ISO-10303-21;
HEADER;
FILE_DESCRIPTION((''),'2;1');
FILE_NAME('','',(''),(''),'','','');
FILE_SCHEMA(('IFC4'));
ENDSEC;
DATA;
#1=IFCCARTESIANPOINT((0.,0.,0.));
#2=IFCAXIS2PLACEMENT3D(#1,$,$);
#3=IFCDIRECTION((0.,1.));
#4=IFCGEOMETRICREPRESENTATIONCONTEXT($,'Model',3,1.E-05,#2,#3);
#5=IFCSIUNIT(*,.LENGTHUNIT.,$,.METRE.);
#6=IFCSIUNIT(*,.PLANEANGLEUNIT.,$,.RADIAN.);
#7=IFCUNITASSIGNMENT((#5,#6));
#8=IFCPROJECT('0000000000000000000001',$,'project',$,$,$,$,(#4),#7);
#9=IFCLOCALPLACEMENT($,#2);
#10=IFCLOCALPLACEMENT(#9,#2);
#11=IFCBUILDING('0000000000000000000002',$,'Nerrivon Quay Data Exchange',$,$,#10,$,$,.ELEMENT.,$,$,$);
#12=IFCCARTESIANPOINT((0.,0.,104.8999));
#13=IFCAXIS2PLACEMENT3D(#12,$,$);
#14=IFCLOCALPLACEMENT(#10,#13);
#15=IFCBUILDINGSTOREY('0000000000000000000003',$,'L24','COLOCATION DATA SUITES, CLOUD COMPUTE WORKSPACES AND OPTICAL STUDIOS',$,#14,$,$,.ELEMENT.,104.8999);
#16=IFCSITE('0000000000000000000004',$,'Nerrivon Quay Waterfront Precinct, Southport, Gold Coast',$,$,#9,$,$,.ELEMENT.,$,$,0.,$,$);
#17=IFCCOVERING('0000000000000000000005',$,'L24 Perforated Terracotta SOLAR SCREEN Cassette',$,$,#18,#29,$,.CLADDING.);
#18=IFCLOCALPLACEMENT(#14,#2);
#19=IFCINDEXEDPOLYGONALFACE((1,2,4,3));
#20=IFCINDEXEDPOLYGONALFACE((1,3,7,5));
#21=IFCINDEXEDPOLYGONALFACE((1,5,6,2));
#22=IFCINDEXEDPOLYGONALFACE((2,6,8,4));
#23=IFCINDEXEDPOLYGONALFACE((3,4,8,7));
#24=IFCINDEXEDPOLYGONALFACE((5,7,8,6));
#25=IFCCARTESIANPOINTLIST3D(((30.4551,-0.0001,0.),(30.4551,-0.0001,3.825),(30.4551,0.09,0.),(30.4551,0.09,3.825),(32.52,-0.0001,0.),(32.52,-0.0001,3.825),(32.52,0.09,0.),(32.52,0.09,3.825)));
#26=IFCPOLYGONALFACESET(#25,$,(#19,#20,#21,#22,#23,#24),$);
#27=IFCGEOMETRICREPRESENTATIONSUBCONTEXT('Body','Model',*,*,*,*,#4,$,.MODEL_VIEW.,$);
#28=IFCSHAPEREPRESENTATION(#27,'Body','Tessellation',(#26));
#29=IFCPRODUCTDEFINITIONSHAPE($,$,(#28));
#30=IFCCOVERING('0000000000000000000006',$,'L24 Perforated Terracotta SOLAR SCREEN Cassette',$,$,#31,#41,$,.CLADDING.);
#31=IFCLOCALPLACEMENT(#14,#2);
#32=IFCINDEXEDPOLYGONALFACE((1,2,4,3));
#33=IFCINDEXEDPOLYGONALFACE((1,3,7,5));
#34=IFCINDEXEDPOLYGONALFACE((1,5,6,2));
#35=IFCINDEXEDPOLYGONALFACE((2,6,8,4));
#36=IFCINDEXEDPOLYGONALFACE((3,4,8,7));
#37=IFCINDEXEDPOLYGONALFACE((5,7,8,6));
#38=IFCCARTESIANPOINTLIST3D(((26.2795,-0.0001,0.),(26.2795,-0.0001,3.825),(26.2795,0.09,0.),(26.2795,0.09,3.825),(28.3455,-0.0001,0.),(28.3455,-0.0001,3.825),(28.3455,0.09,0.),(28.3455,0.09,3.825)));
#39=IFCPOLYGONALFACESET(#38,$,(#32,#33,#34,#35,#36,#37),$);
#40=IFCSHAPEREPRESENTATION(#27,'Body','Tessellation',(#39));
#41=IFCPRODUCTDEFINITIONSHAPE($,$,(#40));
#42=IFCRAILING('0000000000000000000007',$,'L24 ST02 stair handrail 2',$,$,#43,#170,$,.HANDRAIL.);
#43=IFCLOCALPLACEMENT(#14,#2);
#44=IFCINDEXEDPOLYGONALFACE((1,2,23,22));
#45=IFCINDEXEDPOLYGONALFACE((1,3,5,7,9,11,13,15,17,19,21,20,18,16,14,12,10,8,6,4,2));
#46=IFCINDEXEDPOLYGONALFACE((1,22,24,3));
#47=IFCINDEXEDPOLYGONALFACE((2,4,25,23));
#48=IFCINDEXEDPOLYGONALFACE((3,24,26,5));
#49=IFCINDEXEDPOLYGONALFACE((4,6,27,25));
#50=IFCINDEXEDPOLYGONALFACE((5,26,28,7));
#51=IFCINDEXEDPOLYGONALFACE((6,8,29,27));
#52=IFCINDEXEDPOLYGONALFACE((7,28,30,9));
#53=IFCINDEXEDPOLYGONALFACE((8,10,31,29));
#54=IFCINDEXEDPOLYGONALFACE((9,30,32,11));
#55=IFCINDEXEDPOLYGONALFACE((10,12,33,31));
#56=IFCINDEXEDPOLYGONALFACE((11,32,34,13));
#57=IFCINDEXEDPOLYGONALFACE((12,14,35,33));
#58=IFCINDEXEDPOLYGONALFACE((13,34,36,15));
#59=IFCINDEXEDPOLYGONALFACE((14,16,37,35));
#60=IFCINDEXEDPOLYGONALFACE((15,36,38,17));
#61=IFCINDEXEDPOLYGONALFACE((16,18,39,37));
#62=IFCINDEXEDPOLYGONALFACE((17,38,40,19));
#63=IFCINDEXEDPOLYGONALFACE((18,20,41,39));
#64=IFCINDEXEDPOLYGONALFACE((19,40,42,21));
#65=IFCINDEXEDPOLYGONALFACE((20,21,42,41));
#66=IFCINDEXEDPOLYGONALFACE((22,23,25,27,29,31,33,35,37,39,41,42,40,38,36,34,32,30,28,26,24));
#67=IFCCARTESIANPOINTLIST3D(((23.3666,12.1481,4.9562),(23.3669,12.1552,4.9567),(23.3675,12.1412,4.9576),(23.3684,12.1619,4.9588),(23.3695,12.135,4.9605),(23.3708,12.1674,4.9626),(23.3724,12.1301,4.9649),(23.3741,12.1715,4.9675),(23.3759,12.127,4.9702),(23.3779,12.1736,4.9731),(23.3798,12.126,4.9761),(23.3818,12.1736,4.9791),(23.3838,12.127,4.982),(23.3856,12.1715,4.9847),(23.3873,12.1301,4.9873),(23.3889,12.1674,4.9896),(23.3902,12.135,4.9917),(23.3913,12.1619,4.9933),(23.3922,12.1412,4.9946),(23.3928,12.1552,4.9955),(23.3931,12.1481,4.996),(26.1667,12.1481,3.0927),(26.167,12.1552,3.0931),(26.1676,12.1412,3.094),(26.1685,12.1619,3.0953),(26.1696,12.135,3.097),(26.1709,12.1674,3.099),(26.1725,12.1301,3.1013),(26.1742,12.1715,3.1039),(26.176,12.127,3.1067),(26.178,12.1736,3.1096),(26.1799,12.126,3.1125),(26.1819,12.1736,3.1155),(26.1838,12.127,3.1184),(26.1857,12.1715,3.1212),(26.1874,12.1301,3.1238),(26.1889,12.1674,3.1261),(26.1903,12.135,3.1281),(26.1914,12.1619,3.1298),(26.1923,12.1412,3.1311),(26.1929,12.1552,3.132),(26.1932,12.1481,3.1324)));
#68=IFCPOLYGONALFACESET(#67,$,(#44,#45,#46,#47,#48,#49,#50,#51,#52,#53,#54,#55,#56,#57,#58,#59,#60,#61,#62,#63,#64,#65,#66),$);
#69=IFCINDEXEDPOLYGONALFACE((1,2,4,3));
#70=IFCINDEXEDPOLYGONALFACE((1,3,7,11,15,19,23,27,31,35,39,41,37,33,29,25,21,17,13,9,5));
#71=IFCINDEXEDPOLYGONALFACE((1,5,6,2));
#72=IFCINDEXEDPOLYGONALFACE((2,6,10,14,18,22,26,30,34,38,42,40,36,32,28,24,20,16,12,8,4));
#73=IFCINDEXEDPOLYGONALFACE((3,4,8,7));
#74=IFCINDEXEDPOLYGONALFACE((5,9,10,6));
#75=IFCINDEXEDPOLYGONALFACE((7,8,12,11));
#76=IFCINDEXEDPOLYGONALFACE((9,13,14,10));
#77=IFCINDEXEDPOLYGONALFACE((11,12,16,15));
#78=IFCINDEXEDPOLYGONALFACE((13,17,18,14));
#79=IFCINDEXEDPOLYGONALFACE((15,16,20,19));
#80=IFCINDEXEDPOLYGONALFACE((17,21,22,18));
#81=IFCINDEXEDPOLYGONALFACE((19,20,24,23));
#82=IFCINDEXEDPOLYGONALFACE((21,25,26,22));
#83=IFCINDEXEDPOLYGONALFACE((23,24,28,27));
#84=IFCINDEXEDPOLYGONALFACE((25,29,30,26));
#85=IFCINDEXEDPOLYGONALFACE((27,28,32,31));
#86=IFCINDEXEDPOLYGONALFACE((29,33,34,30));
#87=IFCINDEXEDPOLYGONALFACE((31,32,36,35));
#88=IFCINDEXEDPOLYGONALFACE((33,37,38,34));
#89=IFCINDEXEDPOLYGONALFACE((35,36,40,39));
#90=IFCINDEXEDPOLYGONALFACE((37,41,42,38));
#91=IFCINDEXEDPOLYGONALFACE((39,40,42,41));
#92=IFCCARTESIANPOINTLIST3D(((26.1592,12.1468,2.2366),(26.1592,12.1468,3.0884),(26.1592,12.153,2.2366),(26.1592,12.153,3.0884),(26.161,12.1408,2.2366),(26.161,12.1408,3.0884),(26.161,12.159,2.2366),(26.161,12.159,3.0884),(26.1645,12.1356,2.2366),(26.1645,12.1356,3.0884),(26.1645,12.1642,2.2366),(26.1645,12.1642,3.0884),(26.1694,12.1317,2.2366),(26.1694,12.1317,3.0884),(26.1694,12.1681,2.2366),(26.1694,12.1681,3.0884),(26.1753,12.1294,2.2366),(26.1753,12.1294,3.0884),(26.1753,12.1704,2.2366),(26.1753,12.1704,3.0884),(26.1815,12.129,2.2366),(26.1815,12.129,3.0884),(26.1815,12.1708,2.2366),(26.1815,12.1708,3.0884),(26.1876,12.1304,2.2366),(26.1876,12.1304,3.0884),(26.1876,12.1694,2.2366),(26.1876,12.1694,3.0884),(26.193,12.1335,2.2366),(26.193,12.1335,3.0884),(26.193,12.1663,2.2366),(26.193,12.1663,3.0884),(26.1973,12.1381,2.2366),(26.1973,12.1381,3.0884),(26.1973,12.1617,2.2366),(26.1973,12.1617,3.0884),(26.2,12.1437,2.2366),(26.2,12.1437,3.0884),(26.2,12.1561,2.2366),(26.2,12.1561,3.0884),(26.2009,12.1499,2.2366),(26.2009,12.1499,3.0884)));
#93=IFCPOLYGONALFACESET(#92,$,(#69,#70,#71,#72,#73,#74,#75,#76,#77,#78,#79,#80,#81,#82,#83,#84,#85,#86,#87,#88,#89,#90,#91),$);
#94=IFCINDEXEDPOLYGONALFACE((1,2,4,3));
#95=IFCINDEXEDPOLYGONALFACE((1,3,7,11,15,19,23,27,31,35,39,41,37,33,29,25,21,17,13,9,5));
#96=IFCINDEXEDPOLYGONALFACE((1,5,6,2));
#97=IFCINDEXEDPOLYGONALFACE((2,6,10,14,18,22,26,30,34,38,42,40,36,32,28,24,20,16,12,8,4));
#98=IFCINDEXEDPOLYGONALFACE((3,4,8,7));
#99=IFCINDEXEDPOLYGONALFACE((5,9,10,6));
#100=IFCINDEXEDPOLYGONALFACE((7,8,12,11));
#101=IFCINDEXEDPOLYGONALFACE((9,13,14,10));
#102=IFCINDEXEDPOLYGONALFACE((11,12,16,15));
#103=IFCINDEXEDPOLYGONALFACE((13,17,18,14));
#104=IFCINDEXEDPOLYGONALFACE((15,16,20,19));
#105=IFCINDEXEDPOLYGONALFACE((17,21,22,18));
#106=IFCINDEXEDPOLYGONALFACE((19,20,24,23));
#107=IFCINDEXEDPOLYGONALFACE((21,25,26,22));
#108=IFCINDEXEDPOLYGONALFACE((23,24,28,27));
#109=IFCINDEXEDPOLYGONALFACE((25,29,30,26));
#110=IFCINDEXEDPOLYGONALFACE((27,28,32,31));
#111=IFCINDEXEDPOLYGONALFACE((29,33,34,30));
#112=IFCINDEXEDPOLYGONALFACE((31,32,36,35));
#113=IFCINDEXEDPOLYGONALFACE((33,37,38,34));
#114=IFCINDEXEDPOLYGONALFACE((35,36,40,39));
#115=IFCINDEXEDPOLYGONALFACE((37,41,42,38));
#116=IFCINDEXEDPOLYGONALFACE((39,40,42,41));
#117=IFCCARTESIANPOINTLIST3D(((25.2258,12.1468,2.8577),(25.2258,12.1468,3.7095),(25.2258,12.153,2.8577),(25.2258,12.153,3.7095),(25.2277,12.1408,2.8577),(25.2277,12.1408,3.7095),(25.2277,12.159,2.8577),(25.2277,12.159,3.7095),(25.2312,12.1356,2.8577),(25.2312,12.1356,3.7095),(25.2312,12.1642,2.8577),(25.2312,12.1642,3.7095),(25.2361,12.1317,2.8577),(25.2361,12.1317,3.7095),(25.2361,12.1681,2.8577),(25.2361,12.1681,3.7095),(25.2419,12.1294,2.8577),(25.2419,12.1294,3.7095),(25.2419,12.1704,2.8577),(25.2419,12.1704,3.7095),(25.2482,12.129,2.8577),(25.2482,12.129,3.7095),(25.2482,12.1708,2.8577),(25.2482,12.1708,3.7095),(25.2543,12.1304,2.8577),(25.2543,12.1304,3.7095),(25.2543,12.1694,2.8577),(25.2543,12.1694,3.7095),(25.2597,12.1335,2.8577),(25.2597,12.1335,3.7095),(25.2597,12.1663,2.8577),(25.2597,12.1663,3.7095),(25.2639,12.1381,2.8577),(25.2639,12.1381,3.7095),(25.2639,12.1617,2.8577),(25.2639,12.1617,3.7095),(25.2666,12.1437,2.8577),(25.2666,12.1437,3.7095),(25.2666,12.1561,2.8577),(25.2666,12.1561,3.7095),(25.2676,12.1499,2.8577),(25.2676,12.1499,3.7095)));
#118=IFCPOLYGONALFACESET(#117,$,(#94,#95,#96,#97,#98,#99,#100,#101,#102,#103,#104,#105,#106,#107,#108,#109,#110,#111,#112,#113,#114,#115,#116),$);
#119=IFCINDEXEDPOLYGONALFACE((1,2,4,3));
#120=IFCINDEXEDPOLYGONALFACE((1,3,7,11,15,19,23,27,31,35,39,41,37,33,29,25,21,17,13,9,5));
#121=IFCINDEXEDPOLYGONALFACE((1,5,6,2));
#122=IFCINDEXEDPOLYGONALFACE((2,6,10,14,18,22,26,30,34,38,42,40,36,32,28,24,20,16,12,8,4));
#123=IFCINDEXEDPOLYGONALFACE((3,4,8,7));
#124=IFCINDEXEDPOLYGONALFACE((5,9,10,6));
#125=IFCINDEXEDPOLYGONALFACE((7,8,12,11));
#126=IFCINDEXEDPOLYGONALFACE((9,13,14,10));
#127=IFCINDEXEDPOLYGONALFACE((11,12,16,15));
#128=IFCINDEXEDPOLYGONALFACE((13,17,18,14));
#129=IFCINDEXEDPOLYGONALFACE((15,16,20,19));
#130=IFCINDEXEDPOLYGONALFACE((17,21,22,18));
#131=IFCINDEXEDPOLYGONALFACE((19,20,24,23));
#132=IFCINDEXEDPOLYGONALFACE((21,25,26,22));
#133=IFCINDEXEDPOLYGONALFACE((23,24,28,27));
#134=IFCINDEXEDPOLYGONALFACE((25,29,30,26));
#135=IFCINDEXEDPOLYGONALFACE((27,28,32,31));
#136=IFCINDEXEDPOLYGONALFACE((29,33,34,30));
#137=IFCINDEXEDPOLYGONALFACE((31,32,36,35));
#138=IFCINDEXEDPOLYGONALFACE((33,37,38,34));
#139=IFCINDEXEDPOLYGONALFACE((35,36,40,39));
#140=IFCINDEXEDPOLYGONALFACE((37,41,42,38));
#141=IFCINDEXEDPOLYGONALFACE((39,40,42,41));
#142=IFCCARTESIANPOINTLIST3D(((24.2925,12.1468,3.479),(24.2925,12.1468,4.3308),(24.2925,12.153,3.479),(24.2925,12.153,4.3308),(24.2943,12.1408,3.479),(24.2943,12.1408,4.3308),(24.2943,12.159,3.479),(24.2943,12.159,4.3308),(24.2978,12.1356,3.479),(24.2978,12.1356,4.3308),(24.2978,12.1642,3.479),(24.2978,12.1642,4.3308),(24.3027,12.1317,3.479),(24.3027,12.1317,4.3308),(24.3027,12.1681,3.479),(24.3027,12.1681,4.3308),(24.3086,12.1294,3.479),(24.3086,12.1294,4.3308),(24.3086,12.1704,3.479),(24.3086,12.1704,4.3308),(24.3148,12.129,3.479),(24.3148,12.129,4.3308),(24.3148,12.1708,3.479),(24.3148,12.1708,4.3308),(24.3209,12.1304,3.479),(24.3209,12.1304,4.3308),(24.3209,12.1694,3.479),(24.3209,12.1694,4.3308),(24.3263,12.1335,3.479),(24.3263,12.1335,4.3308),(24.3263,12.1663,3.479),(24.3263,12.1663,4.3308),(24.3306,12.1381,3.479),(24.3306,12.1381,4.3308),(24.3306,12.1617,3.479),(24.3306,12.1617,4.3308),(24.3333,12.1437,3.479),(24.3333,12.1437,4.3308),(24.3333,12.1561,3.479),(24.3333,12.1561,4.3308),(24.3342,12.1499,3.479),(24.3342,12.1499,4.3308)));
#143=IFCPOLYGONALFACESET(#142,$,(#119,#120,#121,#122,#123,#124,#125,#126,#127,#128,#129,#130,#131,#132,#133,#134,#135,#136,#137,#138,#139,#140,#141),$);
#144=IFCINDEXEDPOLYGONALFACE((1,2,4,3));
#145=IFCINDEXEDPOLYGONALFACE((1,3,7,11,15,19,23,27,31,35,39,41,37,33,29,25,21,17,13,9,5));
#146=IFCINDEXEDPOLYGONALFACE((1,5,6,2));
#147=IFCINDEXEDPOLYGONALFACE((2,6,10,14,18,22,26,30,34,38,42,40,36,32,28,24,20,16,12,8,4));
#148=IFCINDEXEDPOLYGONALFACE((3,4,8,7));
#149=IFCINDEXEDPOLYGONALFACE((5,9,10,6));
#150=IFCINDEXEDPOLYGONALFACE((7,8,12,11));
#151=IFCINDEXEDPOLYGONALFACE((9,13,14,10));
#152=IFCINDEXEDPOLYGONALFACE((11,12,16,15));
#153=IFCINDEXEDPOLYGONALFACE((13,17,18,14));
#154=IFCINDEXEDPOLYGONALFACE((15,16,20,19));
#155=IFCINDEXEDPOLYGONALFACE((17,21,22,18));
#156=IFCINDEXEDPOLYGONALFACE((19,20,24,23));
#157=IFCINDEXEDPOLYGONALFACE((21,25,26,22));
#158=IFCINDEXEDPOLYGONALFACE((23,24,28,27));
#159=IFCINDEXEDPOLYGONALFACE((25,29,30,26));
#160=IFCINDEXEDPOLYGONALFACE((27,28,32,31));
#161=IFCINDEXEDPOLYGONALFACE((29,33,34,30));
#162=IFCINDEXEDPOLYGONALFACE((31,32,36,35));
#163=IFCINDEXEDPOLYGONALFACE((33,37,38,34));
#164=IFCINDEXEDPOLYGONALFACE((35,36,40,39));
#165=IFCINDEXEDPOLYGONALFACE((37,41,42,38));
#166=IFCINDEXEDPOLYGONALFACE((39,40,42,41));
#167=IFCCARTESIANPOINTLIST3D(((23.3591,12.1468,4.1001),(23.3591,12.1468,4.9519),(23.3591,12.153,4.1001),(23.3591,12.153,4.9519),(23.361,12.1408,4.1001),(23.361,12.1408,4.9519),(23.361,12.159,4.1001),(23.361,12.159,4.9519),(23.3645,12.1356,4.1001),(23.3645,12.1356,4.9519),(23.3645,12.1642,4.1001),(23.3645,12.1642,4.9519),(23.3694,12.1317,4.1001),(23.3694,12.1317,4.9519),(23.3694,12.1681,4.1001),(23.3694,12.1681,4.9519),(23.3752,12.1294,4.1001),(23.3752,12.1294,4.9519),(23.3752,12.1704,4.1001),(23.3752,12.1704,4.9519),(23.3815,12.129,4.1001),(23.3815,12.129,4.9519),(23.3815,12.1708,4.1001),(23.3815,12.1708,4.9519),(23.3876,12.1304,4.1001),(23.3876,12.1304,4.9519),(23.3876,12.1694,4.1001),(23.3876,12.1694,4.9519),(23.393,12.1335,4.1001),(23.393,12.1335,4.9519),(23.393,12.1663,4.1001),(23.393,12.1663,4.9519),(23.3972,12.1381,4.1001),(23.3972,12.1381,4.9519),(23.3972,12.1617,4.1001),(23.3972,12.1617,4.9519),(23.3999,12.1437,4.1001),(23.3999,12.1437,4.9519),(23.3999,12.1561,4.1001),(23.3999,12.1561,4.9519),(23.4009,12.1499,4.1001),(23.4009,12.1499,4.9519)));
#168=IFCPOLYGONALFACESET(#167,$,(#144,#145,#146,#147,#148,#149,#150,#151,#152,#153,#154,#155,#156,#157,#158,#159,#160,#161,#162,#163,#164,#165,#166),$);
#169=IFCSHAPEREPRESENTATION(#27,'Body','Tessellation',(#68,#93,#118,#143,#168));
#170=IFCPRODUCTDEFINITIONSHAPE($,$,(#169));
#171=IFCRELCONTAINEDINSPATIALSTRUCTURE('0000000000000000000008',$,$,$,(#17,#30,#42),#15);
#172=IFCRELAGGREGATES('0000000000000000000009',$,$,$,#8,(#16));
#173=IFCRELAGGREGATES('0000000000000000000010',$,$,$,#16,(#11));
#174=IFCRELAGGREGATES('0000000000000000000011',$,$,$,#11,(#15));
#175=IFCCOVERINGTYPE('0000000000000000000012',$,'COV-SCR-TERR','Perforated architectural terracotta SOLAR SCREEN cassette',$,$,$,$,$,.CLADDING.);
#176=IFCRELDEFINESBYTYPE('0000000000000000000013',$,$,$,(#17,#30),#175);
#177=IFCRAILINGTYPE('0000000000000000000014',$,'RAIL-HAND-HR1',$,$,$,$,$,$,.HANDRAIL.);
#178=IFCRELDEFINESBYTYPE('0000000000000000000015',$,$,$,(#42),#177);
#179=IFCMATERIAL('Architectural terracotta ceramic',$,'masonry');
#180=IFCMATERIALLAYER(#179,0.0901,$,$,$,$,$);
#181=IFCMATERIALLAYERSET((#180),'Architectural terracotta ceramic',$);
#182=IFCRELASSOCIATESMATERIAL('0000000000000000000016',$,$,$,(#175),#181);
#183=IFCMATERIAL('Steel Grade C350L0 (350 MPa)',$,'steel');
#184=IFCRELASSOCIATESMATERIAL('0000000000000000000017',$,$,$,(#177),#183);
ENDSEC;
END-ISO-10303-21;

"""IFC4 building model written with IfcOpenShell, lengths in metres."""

from ifc_helpers import new_model, si_unit, direction, frame, origin, origin_2d, place, context, subcontext, project, spatial, rectangle, circle, extrude, material, layer, layer_set, type_object, element, save


model = new_model("IFC4")

# Units and contexts
model_context = context("Model", 3, precision=1e-05, world=origin(), true_north=direction((0.0, 1.0)))
body_context = subcontext(model_context, "Body", "Model", "MODEL_VIEW")
ifc_project = project(units=[si_unit("LENGTHUNIT", "METRE"), si_unit("PLANEANGLEUNIT", "RADIAN")], contexts=[model_context])

# Site, building, storey
site_placement = place(None, origin())
site = spatial("IfcSite", under=ifc_project, at=site_placement, Name="Nerrivon Quay Waterfront Precinct, Southport, Gold Coast", CompositionType="ELEMENT", RefElevation=0.0)
building_placement = place(site_placement, origin())
building = spatial("IfcBuilding", under=site, at=building_placement, Name="Nerrivon Quay Data Exchange", CompositionType="ELEMENT")
storey_placement = place(building_placement, frame((0.0, 0.0, 104.8999)))
storey = spatial("IfcBuildingStorey", under=building, at=storey_placement, Name="L24", Description="COLOCATION DATA SUITES, CLOUD COMPUTE WORKSPACES AND OPTICAL STUDIOS", CompositionType="ELEMENT", Elevation=104.8999)

# Coverings
ifc_material_1 = material(Name="Architectural terracotta ceramic", Category="masonry")
ifc_layer_1 = layer(ifc_material_1, 0.0901)
ifc_layer_set_1 = layer_set([ifc_layer_1], Name="Architectural terracotta ceramic")
covering_type = type_object("IfcCoveringType", Name="COV-SCR-TERR", Description="Perforated architectural terracotta SOLAR SCREEN cassette", PredefinedType="CLADDING", material=ifc_layer_set_1)
covering_1_placement = place(storey_placement, frame((31.4875, 0.0449, 0.0), z_axis=(0.0, 0.0, 1.0), x_axis=(-1.0, 0.0, 0.0)))
element("IfcCovering", 1, at=covering_1_placement, inside=storey, type_object=covering_type, Name="L24 Perforated Terracotta SOLAR SCREEN Cassette", PredefinedType="CLADDING", context=body_context, shape_type="SweptSolid", body=[
    extrude(rectangle(XDim=2.0649, YDim=0.0901, at=origin_2d()), origin(), (0.0, 0.0, 1.0), 3.825),
])
covering_2_placement = place(storey_placement, frame((27.3125, 0.0449, 0.0), z_axis=(0.0, 0.0, 1.0), x_axis=(-1.0, 0.0, 0.0)))
element("IfcCovering", 2, at=covering_2_placement, inside=storey, type_object=covering_type, Name="L24 Perforated Terracotta SOLAR SCREEN Cassette", PredefinedType="CLADDING", context=body_context, shape_type="SweptSolid", body=[
    extrude(rectangle(XDim=2.0659, YDim=0.0901, at=origin_2d()), origin(), (0.0, 0.0, 1.0), 3.825),
])

# Railing
ifc_material_2 = material(Name="Steel Grade C350L0 (350 MPa)", Category="steel")
railing_type_1 = type_object("IfcRailingType", Name="RAIL-HAND-HR1", PredefinedType="HANDRAIL", material=ifc_material_2)
railing_1_placement = place(storey_placement, frame((26.1799, 12.1499, 2.2366)))
element("IfcRailing", 3, at=railing_1_placement, inside=storey, type_object=railing_type_1, Name="L24 ST02 stair handrail 2", PredefinedType="HANDRAIL", context=body_context, shape_type="SweptSolid", body=[
    extrude(circle(Radius=0.0239, at=origin_2d()), frame((0.0, 0.0, 0.876), z_axis=(-0.832486, 0.0, 0.554047), x_axis=(0.0, -1.0, 0.0)), (0.0, 0.0, 1.0), 3.3635),
    extrude(circle(Radius=0.021, at=origin_2d()), origin(), (0.0, 0.0, 1.0), 0.8518),
    extrude(circle(Radius=0.021, at=origin_2d()), frame((-0.9333, 0.0, 0.6211)), (0.0, 0.0, 1.0), 0.8518),
    extrude(circle(Radius=0.021, at=origin_2d()), frame((-1.8667, 0.0, 1.2424)), (0.0, 0.0, 1.0), 0.8518),
    extrude(circle(Radius=0.021, at=origin_2d()), frame((-2.8, 0.0, 1.8635)), (0.0, 0.0, 1.0), 0.8518),
])

save(model, "model.ifc")
